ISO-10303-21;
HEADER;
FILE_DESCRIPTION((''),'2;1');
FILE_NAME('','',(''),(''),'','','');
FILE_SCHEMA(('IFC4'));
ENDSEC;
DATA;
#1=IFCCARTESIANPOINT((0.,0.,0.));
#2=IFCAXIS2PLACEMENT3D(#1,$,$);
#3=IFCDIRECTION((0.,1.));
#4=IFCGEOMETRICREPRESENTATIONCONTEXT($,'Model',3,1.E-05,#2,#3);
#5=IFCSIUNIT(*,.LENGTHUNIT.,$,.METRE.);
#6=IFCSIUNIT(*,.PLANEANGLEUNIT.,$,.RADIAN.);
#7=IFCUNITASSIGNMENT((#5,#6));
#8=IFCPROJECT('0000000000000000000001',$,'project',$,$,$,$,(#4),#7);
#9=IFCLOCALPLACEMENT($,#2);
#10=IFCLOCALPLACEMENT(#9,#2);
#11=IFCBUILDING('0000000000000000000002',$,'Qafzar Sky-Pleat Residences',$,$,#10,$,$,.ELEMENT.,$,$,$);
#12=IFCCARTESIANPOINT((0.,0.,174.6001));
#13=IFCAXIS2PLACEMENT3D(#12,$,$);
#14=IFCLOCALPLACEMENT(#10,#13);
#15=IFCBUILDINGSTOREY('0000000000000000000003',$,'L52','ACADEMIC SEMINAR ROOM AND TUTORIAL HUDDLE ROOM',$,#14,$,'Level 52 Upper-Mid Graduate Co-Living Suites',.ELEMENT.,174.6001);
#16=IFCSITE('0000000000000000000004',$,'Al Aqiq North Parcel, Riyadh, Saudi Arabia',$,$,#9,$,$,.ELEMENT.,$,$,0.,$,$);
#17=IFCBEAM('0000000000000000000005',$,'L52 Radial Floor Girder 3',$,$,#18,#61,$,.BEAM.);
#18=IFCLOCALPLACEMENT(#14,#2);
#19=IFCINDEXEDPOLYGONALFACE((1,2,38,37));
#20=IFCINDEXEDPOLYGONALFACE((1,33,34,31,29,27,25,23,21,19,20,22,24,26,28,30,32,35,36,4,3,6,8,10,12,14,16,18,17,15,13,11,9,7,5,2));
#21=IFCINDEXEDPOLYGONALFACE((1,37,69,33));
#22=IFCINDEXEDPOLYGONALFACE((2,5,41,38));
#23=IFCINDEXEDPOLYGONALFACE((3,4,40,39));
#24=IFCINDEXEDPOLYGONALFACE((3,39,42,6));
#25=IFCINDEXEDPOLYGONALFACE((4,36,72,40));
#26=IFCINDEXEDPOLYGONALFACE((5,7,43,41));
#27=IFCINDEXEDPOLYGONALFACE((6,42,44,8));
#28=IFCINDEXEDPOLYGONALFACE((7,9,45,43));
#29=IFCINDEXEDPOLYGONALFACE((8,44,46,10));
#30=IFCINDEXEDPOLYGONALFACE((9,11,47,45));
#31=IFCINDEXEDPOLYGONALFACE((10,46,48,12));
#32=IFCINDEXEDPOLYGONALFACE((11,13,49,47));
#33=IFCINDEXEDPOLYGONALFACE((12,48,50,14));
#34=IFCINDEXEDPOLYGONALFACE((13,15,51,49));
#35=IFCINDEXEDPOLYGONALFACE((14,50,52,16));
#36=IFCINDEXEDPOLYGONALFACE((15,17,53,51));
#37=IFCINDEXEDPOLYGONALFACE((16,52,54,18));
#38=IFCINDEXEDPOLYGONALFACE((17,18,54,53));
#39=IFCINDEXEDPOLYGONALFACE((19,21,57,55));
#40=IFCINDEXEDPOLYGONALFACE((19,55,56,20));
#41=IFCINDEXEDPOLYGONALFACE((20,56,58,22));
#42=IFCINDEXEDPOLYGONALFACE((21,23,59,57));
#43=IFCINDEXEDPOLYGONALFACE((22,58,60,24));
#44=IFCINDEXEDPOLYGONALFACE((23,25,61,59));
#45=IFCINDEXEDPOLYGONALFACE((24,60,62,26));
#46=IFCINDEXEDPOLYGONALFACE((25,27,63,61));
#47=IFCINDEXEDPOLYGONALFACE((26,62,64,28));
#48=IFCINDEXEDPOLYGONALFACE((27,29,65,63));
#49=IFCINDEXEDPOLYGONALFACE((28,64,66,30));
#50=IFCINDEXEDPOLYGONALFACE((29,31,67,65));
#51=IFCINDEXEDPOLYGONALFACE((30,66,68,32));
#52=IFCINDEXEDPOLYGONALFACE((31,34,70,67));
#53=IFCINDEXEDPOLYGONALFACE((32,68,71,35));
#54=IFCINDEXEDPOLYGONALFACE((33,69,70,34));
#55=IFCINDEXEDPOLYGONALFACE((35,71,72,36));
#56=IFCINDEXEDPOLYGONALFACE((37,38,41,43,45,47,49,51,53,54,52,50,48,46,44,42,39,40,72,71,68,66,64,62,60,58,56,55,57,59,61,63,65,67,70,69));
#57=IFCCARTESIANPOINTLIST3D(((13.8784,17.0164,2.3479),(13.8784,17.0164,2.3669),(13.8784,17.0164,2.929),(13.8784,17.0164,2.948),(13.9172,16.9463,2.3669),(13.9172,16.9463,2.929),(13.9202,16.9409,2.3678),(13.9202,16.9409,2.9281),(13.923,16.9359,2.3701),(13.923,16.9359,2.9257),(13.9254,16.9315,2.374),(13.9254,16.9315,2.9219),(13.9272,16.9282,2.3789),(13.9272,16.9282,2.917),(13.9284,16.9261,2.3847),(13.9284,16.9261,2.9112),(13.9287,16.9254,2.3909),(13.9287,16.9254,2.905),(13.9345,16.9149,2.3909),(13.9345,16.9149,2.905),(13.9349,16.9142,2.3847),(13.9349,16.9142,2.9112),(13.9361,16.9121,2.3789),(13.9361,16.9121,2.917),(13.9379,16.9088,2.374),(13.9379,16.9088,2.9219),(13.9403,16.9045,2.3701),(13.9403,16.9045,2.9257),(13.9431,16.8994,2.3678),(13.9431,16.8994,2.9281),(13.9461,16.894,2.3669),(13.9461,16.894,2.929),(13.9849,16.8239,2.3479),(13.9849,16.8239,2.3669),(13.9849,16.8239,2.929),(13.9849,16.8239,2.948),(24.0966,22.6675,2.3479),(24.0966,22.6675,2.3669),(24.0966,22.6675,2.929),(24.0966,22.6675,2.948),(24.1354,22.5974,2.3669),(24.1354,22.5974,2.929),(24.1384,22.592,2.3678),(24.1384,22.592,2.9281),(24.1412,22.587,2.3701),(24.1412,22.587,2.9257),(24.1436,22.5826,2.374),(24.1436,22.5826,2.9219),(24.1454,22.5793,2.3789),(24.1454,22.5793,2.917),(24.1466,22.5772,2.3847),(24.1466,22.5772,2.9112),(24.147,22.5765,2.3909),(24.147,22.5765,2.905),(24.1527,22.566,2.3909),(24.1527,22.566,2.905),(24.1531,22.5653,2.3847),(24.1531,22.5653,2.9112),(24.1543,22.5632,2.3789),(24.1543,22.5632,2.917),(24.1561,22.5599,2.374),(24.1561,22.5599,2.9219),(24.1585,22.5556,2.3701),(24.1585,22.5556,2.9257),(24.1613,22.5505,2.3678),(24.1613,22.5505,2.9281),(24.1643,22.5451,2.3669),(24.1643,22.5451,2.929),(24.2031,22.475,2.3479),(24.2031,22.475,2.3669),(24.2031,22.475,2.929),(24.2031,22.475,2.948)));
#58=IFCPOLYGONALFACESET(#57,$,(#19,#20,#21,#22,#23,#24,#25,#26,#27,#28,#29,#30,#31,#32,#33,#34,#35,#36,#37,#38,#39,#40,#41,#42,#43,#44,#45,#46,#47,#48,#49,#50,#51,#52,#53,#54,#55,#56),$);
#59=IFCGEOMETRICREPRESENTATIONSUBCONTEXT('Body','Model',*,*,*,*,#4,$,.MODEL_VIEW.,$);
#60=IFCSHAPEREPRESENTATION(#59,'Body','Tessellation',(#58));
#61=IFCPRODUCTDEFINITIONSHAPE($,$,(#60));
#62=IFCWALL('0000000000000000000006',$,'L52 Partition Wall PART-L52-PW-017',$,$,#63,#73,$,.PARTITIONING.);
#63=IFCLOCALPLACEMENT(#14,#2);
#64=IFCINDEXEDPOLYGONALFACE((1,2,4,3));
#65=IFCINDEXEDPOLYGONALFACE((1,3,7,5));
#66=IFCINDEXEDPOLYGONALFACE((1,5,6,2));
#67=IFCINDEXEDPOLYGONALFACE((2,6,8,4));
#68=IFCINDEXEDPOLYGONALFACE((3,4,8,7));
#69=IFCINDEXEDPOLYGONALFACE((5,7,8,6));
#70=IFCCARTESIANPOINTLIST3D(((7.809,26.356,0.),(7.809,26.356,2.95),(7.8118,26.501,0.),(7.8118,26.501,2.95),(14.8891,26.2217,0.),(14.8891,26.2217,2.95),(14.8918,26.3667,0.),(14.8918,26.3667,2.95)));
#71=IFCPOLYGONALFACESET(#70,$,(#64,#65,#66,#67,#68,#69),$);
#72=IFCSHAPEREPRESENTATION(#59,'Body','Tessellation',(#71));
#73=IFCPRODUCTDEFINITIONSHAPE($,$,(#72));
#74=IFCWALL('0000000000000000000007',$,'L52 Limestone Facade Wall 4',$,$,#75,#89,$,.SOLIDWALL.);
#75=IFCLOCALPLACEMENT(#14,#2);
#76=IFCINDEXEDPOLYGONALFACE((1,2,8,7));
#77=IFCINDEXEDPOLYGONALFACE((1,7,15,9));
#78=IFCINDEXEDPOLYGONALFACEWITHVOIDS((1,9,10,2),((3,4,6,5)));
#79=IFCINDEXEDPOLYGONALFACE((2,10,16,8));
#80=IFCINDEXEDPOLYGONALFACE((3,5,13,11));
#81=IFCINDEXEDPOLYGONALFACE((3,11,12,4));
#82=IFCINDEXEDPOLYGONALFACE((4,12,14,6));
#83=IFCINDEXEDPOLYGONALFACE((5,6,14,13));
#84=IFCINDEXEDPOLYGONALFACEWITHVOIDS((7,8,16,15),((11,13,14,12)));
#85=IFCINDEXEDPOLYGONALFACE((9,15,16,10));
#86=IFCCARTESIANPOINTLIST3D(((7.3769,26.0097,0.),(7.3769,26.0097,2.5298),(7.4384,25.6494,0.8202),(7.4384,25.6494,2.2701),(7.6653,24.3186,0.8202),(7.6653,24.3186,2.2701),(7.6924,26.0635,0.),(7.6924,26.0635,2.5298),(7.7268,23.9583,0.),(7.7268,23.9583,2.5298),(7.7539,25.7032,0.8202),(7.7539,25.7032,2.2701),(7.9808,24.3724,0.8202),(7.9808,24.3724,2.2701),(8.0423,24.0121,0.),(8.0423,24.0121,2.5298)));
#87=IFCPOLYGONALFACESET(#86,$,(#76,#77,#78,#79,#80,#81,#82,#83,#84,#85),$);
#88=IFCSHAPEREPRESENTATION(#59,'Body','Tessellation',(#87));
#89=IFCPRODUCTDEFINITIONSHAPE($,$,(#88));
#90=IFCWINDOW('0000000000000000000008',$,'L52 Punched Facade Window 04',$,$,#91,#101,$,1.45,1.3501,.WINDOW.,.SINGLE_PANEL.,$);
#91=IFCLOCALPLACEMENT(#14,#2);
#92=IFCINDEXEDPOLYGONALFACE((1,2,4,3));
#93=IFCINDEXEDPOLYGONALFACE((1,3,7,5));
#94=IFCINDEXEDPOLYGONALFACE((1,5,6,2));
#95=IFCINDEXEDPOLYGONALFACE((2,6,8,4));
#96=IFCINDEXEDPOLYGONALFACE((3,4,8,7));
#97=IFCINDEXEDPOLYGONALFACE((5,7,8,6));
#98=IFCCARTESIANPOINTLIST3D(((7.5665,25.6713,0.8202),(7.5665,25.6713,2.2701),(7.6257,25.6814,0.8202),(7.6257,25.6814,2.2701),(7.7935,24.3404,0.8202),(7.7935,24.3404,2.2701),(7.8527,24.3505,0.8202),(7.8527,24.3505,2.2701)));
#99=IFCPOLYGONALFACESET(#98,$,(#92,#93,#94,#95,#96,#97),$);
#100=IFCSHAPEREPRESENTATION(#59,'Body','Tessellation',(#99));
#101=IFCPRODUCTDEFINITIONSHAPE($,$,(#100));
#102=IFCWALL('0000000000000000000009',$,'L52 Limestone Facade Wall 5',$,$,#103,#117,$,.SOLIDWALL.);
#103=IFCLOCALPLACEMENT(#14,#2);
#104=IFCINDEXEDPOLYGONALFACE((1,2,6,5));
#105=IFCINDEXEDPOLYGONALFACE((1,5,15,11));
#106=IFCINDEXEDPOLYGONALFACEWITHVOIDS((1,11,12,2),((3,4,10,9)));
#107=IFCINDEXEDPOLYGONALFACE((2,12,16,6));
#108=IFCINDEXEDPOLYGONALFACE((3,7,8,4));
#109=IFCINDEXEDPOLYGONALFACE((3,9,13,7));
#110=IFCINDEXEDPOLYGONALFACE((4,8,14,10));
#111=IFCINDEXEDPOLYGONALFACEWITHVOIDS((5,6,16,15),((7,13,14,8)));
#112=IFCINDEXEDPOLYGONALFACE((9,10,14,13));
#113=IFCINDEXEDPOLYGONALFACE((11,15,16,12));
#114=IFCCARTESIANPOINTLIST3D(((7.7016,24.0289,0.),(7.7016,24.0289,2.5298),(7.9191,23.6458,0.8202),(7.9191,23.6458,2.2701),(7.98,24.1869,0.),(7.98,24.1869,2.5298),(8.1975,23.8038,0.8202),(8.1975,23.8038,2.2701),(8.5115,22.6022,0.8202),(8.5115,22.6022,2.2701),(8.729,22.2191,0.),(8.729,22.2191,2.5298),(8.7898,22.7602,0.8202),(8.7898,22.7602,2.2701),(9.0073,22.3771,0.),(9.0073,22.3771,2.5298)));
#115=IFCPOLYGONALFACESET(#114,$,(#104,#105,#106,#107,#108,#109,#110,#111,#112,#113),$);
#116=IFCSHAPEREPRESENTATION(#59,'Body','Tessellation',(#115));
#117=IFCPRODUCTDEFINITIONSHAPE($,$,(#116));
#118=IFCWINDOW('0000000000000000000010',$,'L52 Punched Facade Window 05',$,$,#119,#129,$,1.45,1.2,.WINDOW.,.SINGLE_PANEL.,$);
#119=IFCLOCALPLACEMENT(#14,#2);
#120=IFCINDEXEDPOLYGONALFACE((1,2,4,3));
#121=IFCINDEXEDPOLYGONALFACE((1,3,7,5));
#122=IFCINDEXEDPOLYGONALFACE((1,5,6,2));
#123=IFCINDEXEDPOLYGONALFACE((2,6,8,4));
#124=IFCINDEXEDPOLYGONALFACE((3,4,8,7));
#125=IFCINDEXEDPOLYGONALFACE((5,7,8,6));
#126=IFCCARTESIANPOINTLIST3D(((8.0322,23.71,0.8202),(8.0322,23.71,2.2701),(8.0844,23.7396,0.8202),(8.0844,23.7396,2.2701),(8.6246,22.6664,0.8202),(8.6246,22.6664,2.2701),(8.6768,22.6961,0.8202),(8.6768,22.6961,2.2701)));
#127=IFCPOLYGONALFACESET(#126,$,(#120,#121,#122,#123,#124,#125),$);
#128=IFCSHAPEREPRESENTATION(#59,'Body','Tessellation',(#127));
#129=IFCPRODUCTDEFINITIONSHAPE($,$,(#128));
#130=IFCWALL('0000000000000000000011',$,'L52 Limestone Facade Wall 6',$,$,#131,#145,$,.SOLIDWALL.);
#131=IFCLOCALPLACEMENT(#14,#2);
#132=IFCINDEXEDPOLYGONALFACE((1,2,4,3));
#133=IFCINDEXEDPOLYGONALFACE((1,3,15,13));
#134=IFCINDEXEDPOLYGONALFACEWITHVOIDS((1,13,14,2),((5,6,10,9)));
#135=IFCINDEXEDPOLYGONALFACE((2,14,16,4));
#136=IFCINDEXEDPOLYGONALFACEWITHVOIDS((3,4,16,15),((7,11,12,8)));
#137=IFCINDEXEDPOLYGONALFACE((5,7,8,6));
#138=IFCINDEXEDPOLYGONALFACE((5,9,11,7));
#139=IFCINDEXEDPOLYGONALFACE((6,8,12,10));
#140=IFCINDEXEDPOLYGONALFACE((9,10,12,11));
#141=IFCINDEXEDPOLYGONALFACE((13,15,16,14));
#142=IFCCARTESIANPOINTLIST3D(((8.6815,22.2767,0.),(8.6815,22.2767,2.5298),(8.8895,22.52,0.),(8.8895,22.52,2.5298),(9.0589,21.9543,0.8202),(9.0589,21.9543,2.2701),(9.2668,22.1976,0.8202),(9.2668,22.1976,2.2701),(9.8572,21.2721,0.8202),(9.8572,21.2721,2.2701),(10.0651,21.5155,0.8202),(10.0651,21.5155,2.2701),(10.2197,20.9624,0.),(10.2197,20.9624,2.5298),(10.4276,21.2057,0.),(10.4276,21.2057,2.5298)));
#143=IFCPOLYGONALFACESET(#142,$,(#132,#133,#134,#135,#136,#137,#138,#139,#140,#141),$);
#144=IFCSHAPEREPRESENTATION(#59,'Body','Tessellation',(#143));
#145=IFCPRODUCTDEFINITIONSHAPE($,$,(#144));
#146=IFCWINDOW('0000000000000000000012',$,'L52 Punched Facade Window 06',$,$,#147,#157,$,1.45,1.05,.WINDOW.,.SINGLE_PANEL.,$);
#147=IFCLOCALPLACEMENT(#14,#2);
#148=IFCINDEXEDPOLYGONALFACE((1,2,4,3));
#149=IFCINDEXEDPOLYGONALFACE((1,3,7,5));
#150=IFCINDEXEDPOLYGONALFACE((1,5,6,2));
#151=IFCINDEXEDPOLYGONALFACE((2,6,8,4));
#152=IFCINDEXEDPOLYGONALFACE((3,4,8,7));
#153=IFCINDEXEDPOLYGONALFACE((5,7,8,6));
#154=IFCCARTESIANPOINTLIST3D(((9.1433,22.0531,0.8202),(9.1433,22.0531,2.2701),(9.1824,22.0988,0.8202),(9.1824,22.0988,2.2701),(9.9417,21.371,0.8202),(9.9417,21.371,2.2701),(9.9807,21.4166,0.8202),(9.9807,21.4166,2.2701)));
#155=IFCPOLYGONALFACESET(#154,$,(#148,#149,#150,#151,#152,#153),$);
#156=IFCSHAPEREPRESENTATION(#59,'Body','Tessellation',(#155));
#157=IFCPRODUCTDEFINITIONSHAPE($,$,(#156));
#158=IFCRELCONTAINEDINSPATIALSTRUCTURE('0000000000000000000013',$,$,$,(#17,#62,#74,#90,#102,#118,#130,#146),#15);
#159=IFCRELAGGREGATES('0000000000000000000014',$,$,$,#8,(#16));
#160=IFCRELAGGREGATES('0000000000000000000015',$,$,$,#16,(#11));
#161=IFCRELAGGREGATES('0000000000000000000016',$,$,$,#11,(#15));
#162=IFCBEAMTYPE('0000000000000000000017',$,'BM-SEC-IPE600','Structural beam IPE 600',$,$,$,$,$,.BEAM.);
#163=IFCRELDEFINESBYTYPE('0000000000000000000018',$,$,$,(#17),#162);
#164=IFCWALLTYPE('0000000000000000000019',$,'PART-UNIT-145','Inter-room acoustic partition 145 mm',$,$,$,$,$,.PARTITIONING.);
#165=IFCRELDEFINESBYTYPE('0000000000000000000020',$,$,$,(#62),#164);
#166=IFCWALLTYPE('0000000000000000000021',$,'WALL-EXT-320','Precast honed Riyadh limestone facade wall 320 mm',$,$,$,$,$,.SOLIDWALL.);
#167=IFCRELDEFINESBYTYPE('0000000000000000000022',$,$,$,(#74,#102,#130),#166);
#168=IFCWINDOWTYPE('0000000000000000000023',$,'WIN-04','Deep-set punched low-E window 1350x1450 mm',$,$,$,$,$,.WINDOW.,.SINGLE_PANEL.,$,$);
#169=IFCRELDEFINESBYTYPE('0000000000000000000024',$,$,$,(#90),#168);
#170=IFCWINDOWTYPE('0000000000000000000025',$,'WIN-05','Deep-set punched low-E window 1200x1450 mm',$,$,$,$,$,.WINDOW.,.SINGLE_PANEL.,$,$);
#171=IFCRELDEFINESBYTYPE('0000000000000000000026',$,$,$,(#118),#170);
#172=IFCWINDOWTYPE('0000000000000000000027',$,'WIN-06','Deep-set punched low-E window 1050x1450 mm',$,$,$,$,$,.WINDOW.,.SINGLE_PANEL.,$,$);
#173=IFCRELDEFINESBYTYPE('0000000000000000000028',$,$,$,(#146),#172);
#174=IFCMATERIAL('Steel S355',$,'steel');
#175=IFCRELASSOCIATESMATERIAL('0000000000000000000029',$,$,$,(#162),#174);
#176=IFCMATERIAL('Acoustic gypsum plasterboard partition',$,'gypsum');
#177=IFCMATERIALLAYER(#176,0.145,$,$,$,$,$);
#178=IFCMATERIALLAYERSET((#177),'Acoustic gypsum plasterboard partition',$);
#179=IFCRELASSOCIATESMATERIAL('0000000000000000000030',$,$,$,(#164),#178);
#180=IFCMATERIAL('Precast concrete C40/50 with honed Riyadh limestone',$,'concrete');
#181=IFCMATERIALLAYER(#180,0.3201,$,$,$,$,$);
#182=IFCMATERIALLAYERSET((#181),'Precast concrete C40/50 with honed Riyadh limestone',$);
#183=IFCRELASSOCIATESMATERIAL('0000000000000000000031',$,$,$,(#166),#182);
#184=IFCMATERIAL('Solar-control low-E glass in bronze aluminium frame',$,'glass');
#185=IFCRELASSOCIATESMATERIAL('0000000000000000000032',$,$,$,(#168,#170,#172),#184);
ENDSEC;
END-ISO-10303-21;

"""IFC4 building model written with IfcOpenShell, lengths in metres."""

from ifc_helpers import new_model, si_unit, direction, frame, frame_2d, origin, origin_2d, place, context, subcontext, project, spatial, rectangle, i_section, extrude, source, transform, mapped, material, layer, layer_set, material_profile, profile_set, type_object, element, fill, save


model = new_model("IFC4")

# Units and contexts
model_context = context("Model", 3, precision=1e-05, world=origin(), true_north=direction((0.0, 1.0)))
body_context = subcontext(model_context, "Body", "Model", "MODEL_VIEW")
ifc_project = project(units=[si_unit("LENGTHUNIT", "METRE"), si_unit("PLANEANGLEUNIT", "RADIAN")], contexts=[model_context])

# Site, building, storey
site_placement = place(None, origin())
site = spatial("IfcSite", under=ifc_project, at=site_placement, Name="Al Aqiq North Parcel, Riyadh, Saudi Arabia", CompositionType="ELEMENT", RefElevation=0.0)
building_placement = place(site_placement, origin())
building = spatial("IfcBuilding", under=site, at=building_placement, Name="Qafzar Sky-Pleat Residences", CompositionType="ELEMENT")
storey_placement = place(building_placement, frame((0.0, 0.0, 174.6001)))
storey = spatial("IfcBuildingStorey", under=building, at=storey_placement, Name="L52", Description="ACADEMIC SEMINAR ROOM AND TUTORIAL HUDDLE ROOM", LongName="Level 52 Upper-Mid Graduate Co-Living Suites", CompositionType="ELEMENT", Elevation=174.6001)

# Shared definitions
ifc_material_1 = material(Name="Steel S355", Category="steel")

# Beam
ifc_material_profile_1 = material_profile(ifc_material_1, i_section(OverallWidth=0.22, OverallDepth=0.6001, WebThickness=0.012, FlangeThickness=0.019, FilletRadius=0.0239, at=origin_2d()), Name="IPE 600")
ifc_profile_set_1 = profile_set([ifc_material_profile_1], Name="Steel S355")
beam_type_1 = type_object("IfcBeamType", Name="BM-SEC-IPE600", Description="Structural beam IPE 600", PredefinedType="BEAM", material=ifc_profile_set_1)
shared_shape_1 = source(origin(), body_context, "Body", "SweptSolid", [
    extrude(i_section(OverallWidth=0.22, OverallDepth=0.6001, WebThickness=0.012, FlangeThickness=0.019, FilletRadius=0.0239, at=origin_2d()), origin(), (0.0, 0.0, 1.0), 11.6768),
])
beam_1_placement = place(storey_placement, frame((13.9316, 16.9202, 2.6479), z_axis=(0.87509, 0.483961, 0.0), x_axis=(-0.483961, 0.87509, 0.0)))
element("IfcBeam", 1, at=beam_1_placement, inside=storey, type_object=beam_type_1, Name="L52 Radial Floor Girder 3", PredefinedType="BEAM", context=body_context, shape_type="MappedRepresentation", body=[
    mapped(shared_shape_1, transform((0.0, 0.0, 0.0), x_axis=(1.0, 0.0, 0.0), y_axis=(0.0, 1.0, 0.0), z_axis=(0.0, 0.0, 1.0), scale=1.0)),
])

# Wall
ifc_material_2 = material(Name="Acoustic gypsum plasterboard partition", Category="gypsum")
ifc_layer_1 = layer(ifc_material_2, 0.145)
ifc_layer_set_1 = layer_set([ifc_layer_1], Name="Acoustic gypsum plasterboard partition")
wall_type_1 = type_object("IfcWallType", Name="PART-UNIT-145", Description="Inter-room acoustic partition 145 mm", PredefinedType="PARTITIONING", material=ifc_layer_set_1)
wall_1_placement = place(storey_placement, frame((7.8105, 26.4285, 0.0), z_axis=(0.0, 0.0, 1.0), x_axis=(0.99982, -0.018962, 0.0)))
element("IfcWall", 2, at=wall_1_placement, inside=storey, type_object=wall_type_1, Name="L52 Partition Wall PART-L52-PW-017", PredefinedType="PARTITIONING", context=body_context, shape_type="SweptSolid", body=[
    extrude(rectangle(XDim=7.0813, YDim=0.145, at=frame_2d((3.5405, 0.0))), origin(), (0.0, 0.0, 1.0), 2.95),
])

# Walls, openings, windows
ifc_material_3 = material(Name="Precast concrete C40/50 with honed Riyadh limestone", Category="concrete")
ifc_layer_2 = layer(ifc_material_3, 0.3201)
ifc_layer_set_2 = layer_set([ifc_layer_2], Name="Precast concrete C40/50 with honed Riyadh limestone")
wall_type_2 = type_object("IfcWallType", Name="WALL-EXT-320", Description="Precast honed Riyadh limestone facade wall 320 mm", PredefinedType="SOLIDWALL", material=ifc_layer_set_2)
wall_2_placement = place(storey_placement, frame((7.5347, 26.0366, 0.0), z_axis=(0.0, 0.0, 1.0), x_axis=(0.168107, -0.985769, 0.0)))
wall_2 = element("IfcWall", 3, at=wall_2_placement, inside=storey, type_object=wall_type_2, Name="L52 Limestone Facade Wall 4", PredefinedType="SOLIDWALL", context=body_context, shape_type="SweptSolid", body=[
    extrude(rectangle(XDim=2.0811, YDim=0.3201, at=frame_2d((1.0405, 0.0))), origin(), (0.0, 0.0, 1.0), 2.5298),
])
opening_1_placement = place(wall_2_placement, frame((0.3655, 0.0, 0.8201)))
opening_1 = element("IfcOpeningElement", 4, at=opening_1_placement, cuts=wall_2, PredefinedType="OPENING", context=body_context, shape_type="SweptSolid", body=[
    extrude(rectangle(XDim=1.3501, YDim=1.45, at=frame_2d((0.675, 0.7251))), frame((0.0, 0.1699, 0.0), z_axis=(0.0, -1.0, 0.0), x_axis=(1.0, 0.0, 0.0)), (0.0, 0.0, 1.0), 0.3401),
])
ifc_material_4 = material(Name="Solar-control low-E glass in bronze aluminium frame", Category="glass")
window_type_1 = type_object("IfcWindowType", Name="WIN-04", Description="Deep-set punched low-E window 1350x1450 mm", PartitioningType="SINGLE_PANEL", PredefinedType="WINDOW", material=ifc_material_4)
shared_shape_2 = source(origin(), body_context, "Body", "SweptSolid", [
    extrude(rectangle(XDim=1.3501, YDim=1.45, at=frame_2d((0.675, 0.7251))), frame((0.0, 0.03, 0.0), z_axis=(0.0, -1.0, 0.0), x_axis=(1.0, 0.0, 0.0)), (0.0, 0.0, 1.0), 0.0601),
])
window_1_placement = place(opening_1_placement, origin())
window_1 = element("IfcWindow", 5, at=window_1_placement, inside=storey, type_object=window_type_1, Name="L52 Punched Facade Window 04", OverallHeight=1.45, OverallWidth=1.3501, PartitioningType="SINGLE_PANEL", PredefinedType="WINDOW", context=body_context, shape_type="MappedRepresentation", body=[
    mapped(shared_shape_2, transform((0.0, 0.0, 0.0), x_axis=(1.0, 0.0, 0.0), y_axis=(0.0, 1.0, 0.0), z_axis=(0.0, 0.0, 1.0), scale=1.0)),
])
fill(opening_1, window_1)
wall_3_placement = place(storey_placement, frame((7.8408, 24.1079, 0.0), z_axis=(0.0, 0.0, 1.0), x_axis=(0.493661, -0.869655, 0.0)))
wall_3 = element("IfcWall", 6, at=wall_3_placement, inside=storey, type_object=wall_type_2, Name="L52 Limestone Facade Wall 5", PredefinedType="SOLIDWALL", context=body_context, shape_type="SweptSolid", body=[
    extrude(rectangle(XDim=2.0811, YDim=0.3201, at=frame_2d((1.0405, 0.0))), origin(), (0.0, 0.0, 1.0), 2.5298),
])
opening_2_placement = place(wall_3_placement, frame((0.4404, 0.0, 0.8201)))
opening_2 = element("IfcOpeningElement", 7, at=opening_2_placement, cuts=wall_3, PredefinedType="OPENING", context=body_context, shape_type="SweptSolid", body=[
    extrude(rectangle(XDim=1.2, YDim=1.45, at=frame_2d((0.6001, 0.7251))), frame((0.0, 0.1699, 0.0), z_axis=(0.0, -1.0, 0.0), x_axis=(1.0, 0.0, 0.0)), (0.0, 0.0, 1.0), 0.3401),
])
window_type_2 = type_object("IfcWindowType", Name="WIN-05", Description="Deep-set punched low-E window 1200x1450 mm", PartitioningType="SINGLE_PANEL", PredefinedType="WINDOW", material=ifc_material_4)
shared_shape_3 = source(origin(), body_context, "Body", "SweptSolid", [
    extrude(rectangle(XDim=1.2, YDim=1.45, at=frame_2d((0.6001, 0.7251))), frame((0.0, 0.03, 0.0), z_axis=(0.0, -1.0, 0.0), x_axis=(1.0, 0.0, 0.0)), (0.0, 0.0, 1.0), 0.0601),
])
window_2_placement = place(opening_2_placement, origin())
window_2 = element("IfcWindow", 8, at=window_2_placement, inside=storey, type_object=window_type_2, Name="L52 Punched Facade Window 05", OverallHeight=1.45, OverallWidth=1.2, PartitioningType="SINGLE_PANEL", PredefinedType="WINDOW", context=body_context, shape_type="MappedRepresentation", body=[
    mapped(shared_shape_3, transform((0.0, 0.0, 0.0), x_axis=(1.0, 0.0, 0.0), y_axis=(0.0, 1.0, 0.0), z_axis=(0.0, 0.0, 1.0), scale=1.0)),
])
fill(opening_2, window_2)
wall_4_placement = place(storey_placement, frame((8.7854, 22.3984, 0.0), z_axis=(0.0, 0.0, 1.0), x_axis=(0.760269, -0.649608, 0.0)))
wall_4 = element("IfcWall", 9, at=wall_4_placement, inside=storey, type_object=wall_type_2, Name="L52 Limestone Facade Wall 6", PredefinedType="SOLIDWALL", context=body_context, shape_type="SweptSolid", body=[
    extrude(rectangle(XDim=2.0232, YDim=0.3201, at=frame_2d((1.0117, 0.0))), origin(), (0.0, 0.0, 1.0), 2.5298),
])
opening_3_placement = place(wall_4_placement, frame((0.4966, 0.0, 0.8201)))
opening_3 = element("IfcOpeningElement", 10, at=opening_3_placement, cuts=wall_4, PredefinedType="OPENING", context=body_context, shape_type="SweptSolid", body=[
    extrude(rectangle(XDim=1.05, YDim=1.45, at=frame_2d((0.5249, 0.7251))), frame((0.0, 0.1699, 0.0), z_axis=(0.0, -1.0, 0.0), x_axis=(1.0, 0.0, 0.0)), (0.0, 0.0, 1.0), 0.3401),
])
window_type_3 = type_object("IfcWindowType", Name="WIN-06", Description="Deep-set punched low-E window 1050x1450 mm", PartitioningType="SINGLE_PANEL", PredefinedType="WINDOW", material=ifc_material_4)
shared_shape_4 = source(origin(), body_context, "Body", "SweptSolid", [
    extrude(rectangle(XDim=1.05, YDim=1.45, at=frame_2d((0.5249, 0.7251))), frame((0.0, 0.03, 0.0), z_axis=(0.0, -1.0, 0.0), x_axis=(1.0, 0.0, 0.0)), (0.0, 0.0, 1.0), 0.0601),
])
window_3_placement = place(opening_3_placement, origin())
window_3 = element("IfcWindow", 11, at=window_3_placement, inside=storey, type_object=window_type_3, Name="L52 Punched Facade Window 06", OverallHeight=1.45, OverallWidth=1.05, PartitioningType="SINGLE_PANEL", PredefinedType="WINDOW", context=body_context, shape_type="MappedRepresentation", body=[
    mapped(shared_shape_4, transform((0.0, 0.0, 0.0), x_axis=(1.0, 0.0, 0.0), y_axis=(0.0, 1.0, 0.0), z_axis=(0.0, 0.0, 1.0), scale=1.0)),
])
fill(opening_3, window_3)

save(model, "model.ifc")
